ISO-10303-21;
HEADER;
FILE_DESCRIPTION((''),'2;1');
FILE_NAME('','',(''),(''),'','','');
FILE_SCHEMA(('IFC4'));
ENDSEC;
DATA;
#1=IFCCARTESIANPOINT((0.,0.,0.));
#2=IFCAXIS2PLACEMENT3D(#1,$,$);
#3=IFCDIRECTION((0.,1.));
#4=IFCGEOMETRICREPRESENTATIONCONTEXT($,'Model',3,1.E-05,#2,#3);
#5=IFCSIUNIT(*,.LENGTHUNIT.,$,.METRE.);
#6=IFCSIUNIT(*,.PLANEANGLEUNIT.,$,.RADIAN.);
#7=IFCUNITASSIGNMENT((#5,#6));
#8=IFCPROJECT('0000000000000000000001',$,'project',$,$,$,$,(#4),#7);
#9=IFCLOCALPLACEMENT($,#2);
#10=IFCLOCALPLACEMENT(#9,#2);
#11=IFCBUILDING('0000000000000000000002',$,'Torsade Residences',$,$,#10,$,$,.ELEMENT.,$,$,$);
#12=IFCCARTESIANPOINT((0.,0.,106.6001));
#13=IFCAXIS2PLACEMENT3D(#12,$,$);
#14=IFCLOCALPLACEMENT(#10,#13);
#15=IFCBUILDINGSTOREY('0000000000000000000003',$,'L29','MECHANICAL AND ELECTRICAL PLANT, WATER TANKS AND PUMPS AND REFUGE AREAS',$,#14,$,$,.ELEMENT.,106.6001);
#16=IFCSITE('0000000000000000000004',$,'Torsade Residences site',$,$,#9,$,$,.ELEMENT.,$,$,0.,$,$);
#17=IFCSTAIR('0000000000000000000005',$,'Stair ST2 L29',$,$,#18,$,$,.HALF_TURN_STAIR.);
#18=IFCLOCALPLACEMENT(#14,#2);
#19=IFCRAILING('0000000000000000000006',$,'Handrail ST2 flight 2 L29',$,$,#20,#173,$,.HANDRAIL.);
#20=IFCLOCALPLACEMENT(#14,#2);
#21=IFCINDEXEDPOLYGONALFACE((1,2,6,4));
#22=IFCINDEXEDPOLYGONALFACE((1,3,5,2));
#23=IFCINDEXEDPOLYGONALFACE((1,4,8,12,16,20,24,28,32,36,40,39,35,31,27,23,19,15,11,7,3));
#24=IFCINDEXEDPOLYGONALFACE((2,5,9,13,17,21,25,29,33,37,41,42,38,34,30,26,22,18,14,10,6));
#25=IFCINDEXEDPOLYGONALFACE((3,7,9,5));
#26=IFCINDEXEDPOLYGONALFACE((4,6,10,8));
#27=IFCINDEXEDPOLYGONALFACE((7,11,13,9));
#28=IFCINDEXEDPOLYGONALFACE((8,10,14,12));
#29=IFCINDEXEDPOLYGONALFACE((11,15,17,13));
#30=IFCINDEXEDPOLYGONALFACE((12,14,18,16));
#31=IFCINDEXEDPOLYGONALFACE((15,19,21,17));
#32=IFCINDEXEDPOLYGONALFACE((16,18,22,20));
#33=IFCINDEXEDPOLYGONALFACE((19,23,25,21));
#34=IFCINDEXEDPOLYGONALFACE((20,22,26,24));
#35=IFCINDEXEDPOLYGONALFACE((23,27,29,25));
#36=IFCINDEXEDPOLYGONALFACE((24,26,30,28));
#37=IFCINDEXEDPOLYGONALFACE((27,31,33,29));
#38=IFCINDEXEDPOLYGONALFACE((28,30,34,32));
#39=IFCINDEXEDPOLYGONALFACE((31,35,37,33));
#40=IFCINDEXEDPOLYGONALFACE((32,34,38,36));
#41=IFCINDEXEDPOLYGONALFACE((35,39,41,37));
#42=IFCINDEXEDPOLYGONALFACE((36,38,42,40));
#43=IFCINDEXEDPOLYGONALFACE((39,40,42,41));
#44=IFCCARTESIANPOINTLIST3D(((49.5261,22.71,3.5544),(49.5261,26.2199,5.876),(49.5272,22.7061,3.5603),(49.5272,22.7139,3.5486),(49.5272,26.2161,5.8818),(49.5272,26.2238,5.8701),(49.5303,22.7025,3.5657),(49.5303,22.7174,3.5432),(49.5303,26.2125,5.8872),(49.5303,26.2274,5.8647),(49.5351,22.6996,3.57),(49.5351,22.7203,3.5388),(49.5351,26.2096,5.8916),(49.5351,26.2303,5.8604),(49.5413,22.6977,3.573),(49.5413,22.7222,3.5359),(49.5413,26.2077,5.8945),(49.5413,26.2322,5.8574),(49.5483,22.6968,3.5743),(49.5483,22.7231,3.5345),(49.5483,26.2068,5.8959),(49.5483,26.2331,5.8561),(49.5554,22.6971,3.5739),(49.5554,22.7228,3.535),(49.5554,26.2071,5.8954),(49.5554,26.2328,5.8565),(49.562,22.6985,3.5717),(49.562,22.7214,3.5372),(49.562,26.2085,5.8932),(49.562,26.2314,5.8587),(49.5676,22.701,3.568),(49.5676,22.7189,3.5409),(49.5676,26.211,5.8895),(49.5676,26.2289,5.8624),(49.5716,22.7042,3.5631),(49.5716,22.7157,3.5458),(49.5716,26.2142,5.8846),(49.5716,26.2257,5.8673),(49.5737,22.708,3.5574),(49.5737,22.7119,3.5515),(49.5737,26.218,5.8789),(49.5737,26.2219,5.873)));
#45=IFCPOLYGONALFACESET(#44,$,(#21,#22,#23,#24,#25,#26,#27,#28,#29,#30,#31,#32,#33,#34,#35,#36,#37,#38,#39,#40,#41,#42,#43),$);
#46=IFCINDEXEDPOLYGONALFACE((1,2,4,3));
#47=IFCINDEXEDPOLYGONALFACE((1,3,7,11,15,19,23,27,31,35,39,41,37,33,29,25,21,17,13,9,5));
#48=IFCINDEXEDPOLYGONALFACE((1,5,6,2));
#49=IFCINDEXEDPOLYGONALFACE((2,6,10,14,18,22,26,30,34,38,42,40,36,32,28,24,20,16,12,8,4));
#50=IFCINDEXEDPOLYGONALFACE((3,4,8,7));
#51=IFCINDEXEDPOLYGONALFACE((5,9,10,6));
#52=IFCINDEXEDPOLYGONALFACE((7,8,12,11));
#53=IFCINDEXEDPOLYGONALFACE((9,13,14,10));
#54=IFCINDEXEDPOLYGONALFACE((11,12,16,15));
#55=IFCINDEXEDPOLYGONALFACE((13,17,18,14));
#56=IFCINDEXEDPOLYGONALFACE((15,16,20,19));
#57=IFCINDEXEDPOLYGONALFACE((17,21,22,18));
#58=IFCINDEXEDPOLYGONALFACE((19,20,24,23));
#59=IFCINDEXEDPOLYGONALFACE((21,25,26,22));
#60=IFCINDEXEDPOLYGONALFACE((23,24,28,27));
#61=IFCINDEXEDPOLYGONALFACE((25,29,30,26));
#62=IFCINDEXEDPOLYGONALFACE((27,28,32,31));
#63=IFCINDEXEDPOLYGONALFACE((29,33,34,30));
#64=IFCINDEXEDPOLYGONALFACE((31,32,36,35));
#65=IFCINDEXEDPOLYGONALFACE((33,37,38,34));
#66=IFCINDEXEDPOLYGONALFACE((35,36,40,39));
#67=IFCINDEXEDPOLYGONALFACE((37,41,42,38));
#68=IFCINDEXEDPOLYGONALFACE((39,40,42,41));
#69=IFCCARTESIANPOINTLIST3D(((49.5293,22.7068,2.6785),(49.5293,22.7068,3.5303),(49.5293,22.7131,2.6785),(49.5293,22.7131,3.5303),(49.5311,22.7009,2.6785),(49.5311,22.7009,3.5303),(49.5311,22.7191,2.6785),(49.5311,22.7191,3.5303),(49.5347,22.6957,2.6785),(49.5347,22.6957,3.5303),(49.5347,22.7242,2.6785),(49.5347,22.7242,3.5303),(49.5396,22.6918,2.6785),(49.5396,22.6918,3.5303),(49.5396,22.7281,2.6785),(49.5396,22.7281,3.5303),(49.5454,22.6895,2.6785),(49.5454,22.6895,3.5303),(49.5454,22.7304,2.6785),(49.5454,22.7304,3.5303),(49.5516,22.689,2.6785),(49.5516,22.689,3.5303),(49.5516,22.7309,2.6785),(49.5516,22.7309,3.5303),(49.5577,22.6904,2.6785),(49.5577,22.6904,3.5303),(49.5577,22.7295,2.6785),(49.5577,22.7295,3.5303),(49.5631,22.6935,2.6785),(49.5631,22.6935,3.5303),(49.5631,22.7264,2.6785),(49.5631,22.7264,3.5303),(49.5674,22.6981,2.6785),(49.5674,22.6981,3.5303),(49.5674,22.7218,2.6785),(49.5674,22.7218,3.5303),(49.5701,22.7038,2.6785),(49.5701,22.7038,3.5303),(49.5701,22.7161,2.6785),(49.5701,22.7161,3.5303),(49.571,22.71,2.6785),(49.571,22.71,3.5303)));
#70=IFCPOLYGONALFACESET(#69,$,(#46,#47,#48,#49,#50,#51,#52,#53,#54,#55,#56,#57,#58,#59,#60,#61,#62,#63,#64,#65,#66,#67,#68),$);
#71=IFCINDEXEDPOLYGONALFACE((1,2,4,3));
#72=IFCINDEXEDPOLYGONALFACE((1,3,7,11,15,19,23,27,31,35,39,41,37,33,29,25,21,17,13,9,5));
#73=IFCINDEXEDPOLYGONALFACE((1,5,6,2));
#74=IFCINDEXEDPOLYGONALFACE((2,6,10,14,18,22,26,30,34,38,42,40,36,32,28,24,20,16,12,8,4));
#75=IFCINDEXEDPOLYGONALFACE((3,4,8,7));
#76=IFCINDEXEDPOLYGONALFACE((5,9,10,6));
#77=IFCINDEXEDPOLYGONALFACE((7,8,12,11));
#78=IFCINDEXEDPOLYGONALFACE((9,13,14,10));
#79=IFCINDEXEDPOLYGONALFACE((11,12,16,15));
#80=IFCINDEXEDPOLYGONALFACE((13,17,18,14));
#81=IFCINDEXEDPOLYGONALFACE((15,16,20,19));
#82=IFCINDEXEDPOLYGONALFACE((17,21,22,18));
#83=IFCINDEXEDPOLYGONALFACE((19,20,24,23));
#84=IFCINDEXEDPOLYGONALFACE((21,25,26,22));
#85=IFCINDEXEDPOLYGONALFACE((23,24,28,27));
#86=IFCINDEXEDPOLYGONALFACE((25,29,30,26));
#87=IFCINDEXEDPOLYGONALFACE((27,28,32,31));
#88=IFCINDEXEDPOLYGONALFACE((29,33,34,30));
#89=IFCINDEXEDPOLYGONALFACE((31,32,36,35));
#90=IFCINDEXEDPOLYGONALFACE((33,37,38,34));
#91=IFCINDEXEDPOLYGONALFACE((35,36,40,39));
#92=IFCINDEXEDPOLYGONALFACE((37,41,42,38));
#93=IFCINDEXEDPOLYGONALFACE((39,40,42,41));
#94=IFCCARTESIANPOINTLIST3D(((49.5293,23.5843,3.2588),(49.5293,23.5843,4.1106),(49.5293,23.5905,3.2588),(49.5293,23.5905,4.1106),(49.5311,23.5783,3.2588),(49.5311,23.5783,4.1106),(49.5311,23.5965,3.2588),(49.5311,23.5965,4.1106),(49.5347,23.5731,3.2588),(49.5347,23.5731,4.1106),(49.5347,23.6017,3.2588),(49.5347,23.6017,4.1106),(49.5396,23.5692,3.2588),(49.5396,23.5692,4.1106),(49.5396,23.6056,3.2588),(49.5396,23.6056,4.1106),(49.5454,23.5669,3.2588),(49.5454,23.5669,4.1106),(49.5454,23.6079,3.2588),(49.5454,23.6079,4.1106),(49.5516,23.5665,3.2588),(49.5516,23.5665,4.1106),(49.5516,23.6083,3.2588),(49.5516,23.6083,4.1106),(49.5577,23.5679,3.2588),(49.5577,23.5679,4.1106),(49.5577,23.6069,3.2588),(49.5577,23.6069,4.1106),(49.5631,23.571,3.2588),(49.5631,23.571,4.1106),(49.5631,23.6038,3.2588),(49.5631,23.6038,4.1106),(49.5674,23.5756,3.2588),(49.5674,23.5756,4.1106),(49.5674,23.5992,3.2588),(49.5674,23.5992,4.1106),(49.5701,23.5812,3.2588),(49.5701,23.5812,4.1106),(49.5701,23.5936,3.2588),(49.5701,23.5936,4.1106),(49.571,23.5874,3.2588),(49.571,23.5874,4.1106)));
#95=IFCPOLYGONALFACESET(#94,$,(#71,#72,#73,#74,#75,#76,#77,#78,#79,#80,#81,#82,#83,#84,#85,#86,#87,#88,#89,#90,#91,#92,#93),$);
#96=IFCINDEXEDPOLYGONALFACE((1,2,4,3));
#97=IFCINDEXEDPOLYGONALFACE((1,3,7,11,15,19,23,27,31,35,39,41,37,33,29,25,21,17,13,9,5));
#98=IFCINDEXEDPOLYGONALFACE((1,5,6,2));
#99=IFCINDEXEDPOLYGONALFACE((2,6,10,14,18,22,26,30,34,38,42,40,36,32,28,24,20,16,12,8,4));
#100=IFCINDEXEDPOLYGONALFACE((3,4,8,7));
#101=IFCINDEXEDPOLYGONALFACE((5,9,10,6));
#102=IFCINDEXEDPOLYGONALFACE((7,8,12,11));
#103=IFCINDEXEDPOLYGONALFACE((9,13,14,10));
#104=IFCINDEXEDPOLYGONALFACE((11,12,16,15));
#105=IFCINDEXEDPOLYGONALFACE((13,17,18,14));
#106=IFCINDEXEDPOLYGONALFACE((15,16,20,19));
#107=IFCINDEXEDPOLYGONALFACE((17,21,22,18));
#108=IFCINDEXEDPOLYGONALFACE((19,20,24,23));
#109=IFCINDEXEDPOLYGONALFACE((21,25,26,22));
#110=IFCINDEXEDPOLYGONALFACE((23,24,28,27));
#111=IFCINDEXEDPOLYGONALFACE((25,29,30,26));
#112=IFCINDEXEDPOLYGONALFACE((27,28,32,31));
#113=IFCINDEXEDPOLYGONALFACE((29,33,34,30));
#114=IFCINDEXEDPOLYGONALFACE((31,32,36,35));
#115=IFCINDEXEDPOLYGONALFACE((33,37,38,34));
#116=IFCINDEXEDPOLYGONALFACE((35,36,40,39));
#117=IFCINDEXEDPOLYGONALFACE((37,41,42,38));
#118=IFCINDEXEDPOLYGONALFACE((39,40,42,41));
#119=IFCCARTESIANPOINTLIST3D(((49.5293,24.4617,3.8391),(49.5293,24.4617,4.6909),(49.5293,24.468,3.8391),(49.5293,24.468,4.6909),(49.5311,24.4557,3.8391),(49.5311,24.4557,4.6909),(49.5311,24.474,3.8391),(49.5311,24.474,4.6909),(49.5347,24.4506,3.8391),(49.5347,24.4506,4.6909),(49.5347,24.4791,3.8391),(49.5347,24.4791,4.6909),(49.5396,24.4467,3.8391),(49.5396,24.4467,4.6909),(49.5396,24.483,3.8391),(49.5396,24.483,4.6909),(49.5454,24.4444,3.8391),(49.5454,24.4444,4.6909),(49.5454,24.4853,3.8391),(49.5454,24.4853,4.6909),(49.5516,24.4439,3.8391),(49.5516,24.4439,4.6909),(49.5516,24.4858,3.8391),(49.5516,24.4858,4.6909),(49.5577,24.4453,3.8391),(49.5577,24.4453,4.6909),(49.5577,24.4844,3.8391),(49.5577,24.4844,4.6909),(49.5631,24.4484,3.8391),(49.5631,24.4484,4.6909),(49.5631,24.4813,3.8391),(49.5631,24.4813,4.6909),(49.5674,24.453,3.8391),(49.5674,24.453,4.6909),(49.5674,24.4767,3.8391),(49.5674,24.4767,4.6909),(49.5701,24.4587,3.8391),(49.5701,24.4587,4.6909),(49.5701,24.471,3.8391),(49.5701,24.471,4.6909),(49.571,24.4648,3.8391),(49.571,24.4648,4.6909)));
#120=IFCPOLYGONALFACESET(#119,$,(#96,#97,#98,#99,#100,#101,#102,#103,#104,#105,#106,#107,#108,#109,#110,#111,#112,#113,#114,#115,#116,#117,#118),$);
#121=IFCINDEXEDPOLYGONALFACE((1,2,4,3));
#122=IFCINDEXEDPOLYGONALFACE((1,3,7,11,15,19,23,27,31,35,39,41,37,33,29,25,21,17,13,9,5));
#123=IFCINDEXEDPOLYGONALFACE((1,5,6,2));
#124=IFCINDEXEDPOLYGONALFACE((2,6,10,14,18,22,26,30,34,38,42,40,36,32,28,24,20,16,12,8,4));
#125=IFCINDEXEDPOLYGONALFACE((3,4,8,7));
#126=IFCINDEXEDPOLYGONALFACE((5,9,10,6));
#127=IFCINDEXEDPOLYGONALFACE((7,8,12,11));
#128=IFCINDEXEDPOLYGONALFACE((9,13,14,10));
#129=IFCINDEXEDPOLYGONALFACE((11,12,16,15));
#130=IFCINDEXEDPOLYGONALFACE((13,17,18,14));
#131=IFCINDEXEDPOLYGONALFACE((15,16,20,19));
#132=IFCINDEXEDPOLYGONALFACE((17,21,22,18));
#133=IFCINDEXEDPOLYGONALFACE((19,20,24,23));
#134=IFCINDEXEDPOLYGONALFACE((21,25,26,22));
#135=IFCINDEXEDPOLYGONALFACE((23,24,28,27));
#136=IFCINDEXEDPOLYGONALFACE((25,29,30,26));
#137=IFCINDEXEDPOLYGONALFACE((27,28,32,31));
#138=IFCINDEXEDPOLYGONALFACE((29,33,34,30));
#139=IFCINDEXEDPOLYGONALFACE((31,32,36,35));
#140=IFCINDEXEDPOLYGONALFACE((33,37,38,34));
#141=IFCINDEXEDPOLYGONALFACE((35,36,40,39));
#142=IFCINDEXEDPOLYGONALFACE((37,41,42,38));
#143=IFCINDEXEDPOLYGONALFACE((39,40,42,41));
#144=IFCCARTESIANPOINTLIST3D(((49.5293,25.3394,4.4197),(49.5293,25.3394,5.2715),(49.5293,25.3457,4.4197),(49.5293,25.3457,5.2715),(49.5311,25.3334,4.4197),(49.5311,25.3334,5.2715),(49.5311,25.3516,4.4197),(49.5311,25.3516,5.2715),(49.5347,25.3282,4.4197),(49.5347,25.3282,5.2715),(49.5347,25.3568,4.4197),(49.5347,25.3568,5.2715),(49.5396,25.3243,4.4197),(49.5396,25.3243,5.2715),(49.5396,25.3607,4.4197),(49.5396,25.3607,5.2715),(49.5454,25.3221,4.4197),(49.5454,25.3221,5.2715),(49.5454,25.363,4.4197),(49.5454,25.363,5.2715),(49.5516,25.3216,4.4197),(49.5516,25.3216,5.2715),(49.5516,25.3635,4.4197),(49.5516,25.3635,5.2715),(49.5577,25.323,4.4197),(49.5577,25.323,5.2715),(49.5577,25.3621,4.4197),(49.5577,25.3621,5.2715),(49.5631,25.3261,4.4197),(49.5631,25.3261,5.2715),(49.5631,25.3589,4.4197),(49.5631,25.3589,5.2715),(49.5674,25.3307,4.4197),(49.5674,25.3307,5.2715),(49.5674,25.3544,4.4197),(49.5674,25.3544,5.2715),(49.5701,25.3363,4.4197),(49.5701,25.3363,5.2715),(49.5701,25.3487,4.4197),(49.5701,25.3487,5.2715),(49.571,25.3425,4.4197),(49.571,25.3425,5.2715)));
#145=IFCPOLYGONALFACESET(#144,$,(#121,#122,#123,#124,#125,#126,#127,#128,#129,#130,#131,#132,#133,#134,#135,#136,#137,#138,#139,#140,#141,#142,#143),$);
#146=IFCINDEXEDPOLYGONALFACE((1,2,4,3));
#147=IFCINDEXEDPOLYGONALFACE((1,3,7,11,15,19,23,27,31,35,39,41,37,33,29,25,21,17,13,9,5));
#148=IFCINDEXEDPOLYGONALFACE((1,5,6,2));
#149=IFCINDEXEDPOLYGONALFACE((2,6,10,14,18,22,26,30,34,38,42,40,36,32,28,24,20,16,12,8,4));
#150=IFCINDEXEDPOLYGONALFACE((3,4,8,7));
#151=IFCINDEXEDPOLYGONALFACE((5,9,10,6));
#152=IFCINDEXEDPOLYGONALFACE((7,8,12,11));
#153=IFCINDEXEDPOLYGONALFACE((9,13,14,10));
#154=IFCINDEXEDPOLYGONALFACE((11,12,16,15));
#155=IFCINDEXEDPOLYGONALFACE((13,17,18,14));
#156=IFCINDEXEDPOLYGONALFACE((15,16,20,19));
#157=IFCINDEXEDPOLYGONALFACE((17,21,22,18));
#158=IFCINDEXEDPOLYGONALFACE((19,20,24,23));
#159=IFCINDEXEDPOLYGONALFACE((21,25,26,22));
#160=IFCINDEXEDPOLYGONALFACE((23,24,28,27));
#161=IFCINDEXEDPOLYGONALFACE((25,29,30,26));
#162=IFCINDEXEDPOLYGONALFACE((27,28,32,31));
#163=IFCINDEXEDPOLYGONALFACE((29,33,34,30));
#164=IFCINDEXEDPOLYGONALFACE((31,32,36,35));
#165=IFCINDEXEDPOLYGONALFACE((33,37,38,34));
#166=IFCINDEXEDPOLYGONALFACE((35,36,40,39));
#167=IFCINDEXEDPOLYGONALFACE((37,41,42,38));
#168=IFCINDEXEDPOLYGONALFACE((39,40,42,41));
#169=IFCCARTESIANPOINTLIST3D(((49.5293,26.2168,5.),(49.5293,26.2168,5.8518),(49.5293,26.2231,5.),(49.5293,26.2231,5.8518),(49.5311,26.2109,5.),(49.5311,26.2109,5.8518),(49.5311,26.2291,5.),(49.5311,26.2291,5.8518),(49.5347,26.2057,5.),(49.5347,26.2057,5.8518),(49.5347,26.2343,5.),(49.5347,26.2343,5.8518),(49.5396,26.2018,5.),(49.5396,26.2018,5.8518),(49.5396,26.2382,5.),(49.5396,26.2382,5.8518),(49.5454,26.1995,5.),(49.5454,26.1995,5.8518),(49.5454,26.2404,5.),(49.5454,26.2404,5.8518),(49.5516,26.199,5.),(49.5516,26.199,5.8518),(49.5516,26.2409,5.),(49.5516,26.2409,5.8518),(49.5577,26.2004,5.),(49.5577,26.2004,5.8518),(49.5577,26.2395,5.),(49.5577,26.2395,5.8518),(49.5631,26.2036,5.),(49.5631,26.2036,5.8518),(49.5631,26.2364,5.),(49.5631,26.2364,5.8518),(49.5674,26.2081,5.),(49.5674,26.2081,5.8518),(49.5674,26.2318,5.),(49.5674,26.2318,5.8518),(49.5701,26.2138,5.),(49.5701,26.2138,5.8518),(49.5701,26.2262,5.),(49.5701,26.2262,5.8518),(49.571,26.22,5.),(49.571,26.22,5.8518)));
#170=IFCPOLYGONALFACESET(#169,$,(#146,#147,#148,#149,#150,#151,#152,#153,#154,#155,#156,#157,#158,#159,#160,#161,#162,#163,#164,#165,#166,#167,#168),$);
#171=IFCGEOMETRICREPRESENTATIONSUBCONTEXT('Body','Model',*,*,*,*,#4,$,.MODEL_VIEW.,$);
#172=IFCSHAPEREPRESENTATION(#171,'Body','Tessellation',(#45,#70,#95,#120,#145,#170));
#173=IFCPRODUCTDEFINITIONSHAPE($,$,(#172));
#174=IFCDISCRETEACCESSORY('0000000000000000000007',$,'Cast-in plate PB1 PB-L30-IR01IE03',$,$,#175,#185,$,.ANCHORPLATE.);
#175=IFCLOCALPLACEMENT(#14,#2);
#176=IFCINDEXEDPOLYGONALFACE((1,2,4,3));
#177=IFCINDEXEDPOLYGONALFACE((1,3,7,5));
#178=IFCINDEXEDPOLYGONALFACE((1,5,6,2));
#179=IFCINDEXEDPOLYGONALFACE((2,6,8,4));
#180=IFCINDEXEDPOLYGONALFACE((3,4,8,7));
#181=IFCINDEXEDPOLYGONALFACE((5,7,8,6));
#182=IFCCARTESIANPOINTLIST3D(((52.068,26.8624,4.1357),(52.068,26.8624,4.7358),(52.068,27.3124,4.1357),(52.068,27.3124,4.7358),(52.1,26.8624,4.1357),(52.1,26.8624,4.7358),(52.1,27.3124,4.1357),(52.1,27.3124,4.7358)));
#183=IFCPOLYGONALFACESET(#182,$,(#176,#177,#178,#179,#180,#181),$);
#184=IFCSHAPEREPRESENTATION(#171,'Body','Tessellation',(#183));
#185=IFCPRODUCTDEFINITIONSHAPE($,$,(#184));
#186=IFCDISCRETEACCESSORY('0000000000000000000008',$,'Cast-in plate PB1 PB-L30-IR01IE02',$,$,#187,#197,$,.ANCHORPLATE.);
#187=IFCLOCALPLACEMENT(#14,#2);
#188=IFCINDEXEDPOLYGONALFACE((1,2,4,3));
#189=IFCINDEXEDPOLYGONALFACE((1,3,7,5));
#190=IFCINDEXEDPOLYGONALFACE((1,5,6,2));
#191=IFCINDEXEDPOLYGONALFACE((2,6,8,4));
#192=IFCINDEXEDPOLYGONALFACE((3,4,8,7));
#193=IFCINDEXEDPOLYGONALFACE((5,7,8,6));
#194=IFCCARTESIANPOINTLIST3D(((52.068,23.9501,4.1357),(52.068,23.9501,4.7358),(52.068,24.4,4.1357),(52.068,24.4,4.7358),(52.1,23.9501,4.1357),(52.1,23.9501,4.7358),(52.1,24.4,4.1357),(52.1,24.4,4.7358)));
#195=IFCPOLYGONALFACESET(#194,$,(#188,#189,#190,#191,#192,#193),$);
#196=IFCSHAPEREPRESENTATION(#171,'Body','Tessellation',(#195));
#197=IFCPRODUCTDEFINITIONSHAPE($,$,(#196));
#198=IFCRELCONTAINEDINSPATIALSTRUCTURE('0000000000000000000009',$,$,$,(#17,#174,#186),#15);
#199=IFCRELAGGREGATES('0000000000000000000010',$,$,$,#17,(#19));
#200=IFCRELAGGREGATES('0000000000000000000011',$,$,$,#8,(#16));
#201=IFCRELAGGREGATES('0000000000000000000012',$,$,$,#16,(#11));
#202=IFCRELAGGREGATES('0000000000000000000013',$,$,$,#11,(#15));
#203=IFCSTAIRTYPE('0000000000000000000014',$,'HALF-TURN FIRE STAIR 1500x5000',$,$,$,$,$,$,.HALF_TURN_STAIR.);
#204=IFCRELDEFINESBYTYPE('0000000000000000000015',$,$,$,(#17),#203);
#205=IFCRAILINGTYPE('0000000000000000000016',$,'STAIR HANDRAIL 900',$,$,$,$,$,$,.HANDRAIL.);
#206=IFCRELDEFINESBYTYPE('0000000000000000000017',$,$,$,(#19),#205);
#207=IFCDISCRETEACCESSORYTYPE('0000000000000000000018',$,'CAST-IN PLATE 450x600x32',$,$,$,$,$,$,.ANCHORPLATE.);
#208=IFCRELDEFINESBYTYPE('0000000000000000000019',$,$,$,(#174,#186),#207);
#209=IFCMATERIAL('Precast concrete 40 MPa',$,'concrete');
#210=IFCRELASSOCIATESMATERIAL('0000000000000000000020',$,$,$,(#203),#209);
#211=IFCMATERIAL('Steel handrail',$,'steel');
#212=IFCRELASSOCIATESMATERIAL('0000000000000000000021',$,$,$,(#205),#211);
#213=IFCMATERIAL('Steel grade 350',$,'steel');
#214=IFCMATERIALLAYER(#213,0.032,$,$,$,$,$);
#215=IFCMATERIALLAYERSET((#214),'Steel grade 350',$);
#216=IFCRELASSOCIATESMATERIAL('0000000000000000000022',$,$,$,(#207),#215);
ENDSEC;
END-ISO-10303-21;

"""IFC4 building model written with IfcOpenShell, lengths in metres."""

from ifc_helpers import new_model, si_unit, direction, frame, origin, origin_2d, place, context, subcontext, project, spatial, rectangle, circle, extrude, material, layer, layer_set, type_object, element, aggregate, save


model = new_model("IFC4")

# Units and contexts
model_context = context("Model", 3, precision=1e-05, world=origin(), true_north=direction((0.0, 1.0)))
body_context = subcontext(model_context, "Body", "Model", "MODEL_VIEW")
ifc_project = project(units=[si_unit("LENGTHUNIT", "METRE"), si_unit("PLANEANGLEUNIT", "RADIAN")], contexts=[model_context])

# Site, building, storey
site_placement = place(None, origin())
site = spatial("IfcSite", under=ifc_project, at=site_placement, Name="Torsade Residences site", CompositionType="ELEMENT", RefElevation=0.0)
building_placement = place(site_placement, origin())
building = spatial("IfcBuilding", under=site, at=building_placement, Name="Torsade Residences", CompositionType="ELEMENT")
storey_placement = place(building_placement, frame((0.0, 0.0, 106.6001)))
storey = spatial("IfcBuildingStorey", under=building, at=storey_placement, Name="L29", Description="MECHANICAL AND ELECTRICAL PLANT, WATER TANKS AND PUMPS AND REFUGE AREAS", CompositionType="ELEMENT", Elevation=106.6001)

# Stair, railing
ifc_material_1 = material(Name="Precast concrete 40 MPa", Category="concrete")
stair_type = type_object("IfcStairType", Name="HALF-TURN FIRE STAIR 1500x5000", PredefinedType="HALF_TURN_STAIR", material=ifc_material_1)
stair_placement = place(storey_placement, origin())
stair = element("IfcStair", 1, at=stair_placement, inside=storey, type_object=stair_type, Name="Stair ST2 L29", PredefinedType="HALF_TURN_STAIR")
ifc_material_2 = material(Name="Steel handrail", Category="steel")
railing_type = type_object("IfcRailingType", Name="STAIR HANDRAIL 900", PredefinedType="HANDRAIL", material=ifc_material_2)
railing_1_placement = place(storey_placement, frame((49.55, 22.71, 2.6785)))
railing_1 = element("IfcRailing", 2, at=railing_1_placement, type_object=railing_type, Name="Handrail ST2 flight 2 L29", PredefinedType="HANDRAIL", context=body_context, shape_type="SweptSolid", body=[
    extrude(circle(Radius=0.0239, at=origin_2d()), frame((0.0, 0.0, 0.876), z_axis=(0.0, 0.834071, 0.551657), x_axis=(-1.0, 0.0, 0.0)), (0.0, 0.0, 1.0), 4.2083),
    extrude(circle(Radius=0.021, at=origin_2d()), origin(), (0.0, 0.0, 1.0), 0.8518),
    extrude(circle(Radius=0.021, at=origin_2d()), frame((0.0, 0.8774, 0.5803)), (0.0, 0.0, 1.0), 0.8518),
    extrude(circle(Radius=0.021, at=origin_2d()), frame((0.0, 1.7549, 1.1606)), (0.0, 0.0, 1.0), 0.8518),
    extrude(circle(Radius=0.021, at=origin_2d()), frame((0.0, 2.6326, 1.7412)), (0.0, 0.0, 1.0), 0.8518),
    extrude(circle(Radius=0.021, at=origin_2d()), frame((0.0, 3.51, 2.3215)), (0.0, 0.0, 1.0), 0.8518),
])
aggregate(stair, [railing_1])

# Discrete accessories
ifc_material_3 = material(Name="Steel grade 350", Category="steel")
ifc_layer_1 = layer(ifc_material_3, 0.032)
ifc_layer_set_1 = layer_set([ifc_layer_1], Name="Steel grade 350")
discrete_accessory_type = type_object("IfcDiscreteAccessoryType", Name="CAST-IN PLATE 450x600x32", PredefinedType="ANCHORPLATE", material=ifc_layer_set_1)
for number, where, z_axis, x_axis, name in (
    (3, (52.084, 27.0874, 4.1357), (0.0, 0.0, 1.0), (1.0, 0.0, 0.0), "Cast-in plate PB1 PB-L30-IR01IE03"),
    (4, (52.084, 24.175, 4.1357), (0.0, 0.0, 1.0), (1.0, 0.0, 0.0), "Cast-in plate PB1 PB-L30-IR01IE02"),
):
    element("IfcDiscreteAccessory", number, at=place(storey_placement, frame(where, z_axis=z_axis, x_axis=x_axis)), inside=storey, type_object=discrete_accessory_type, Name=name, PredefinedType="ANCHORPLATE", context=body_context, shape_type="SweptSolid", body=[
        extrude(rectangle(XDim=0.032, YDim=0.45, at=origin_2d()), origin(), (0.0, 0.0, 1.0), 0.6001),
    ])

save(model, "model.ifc")
